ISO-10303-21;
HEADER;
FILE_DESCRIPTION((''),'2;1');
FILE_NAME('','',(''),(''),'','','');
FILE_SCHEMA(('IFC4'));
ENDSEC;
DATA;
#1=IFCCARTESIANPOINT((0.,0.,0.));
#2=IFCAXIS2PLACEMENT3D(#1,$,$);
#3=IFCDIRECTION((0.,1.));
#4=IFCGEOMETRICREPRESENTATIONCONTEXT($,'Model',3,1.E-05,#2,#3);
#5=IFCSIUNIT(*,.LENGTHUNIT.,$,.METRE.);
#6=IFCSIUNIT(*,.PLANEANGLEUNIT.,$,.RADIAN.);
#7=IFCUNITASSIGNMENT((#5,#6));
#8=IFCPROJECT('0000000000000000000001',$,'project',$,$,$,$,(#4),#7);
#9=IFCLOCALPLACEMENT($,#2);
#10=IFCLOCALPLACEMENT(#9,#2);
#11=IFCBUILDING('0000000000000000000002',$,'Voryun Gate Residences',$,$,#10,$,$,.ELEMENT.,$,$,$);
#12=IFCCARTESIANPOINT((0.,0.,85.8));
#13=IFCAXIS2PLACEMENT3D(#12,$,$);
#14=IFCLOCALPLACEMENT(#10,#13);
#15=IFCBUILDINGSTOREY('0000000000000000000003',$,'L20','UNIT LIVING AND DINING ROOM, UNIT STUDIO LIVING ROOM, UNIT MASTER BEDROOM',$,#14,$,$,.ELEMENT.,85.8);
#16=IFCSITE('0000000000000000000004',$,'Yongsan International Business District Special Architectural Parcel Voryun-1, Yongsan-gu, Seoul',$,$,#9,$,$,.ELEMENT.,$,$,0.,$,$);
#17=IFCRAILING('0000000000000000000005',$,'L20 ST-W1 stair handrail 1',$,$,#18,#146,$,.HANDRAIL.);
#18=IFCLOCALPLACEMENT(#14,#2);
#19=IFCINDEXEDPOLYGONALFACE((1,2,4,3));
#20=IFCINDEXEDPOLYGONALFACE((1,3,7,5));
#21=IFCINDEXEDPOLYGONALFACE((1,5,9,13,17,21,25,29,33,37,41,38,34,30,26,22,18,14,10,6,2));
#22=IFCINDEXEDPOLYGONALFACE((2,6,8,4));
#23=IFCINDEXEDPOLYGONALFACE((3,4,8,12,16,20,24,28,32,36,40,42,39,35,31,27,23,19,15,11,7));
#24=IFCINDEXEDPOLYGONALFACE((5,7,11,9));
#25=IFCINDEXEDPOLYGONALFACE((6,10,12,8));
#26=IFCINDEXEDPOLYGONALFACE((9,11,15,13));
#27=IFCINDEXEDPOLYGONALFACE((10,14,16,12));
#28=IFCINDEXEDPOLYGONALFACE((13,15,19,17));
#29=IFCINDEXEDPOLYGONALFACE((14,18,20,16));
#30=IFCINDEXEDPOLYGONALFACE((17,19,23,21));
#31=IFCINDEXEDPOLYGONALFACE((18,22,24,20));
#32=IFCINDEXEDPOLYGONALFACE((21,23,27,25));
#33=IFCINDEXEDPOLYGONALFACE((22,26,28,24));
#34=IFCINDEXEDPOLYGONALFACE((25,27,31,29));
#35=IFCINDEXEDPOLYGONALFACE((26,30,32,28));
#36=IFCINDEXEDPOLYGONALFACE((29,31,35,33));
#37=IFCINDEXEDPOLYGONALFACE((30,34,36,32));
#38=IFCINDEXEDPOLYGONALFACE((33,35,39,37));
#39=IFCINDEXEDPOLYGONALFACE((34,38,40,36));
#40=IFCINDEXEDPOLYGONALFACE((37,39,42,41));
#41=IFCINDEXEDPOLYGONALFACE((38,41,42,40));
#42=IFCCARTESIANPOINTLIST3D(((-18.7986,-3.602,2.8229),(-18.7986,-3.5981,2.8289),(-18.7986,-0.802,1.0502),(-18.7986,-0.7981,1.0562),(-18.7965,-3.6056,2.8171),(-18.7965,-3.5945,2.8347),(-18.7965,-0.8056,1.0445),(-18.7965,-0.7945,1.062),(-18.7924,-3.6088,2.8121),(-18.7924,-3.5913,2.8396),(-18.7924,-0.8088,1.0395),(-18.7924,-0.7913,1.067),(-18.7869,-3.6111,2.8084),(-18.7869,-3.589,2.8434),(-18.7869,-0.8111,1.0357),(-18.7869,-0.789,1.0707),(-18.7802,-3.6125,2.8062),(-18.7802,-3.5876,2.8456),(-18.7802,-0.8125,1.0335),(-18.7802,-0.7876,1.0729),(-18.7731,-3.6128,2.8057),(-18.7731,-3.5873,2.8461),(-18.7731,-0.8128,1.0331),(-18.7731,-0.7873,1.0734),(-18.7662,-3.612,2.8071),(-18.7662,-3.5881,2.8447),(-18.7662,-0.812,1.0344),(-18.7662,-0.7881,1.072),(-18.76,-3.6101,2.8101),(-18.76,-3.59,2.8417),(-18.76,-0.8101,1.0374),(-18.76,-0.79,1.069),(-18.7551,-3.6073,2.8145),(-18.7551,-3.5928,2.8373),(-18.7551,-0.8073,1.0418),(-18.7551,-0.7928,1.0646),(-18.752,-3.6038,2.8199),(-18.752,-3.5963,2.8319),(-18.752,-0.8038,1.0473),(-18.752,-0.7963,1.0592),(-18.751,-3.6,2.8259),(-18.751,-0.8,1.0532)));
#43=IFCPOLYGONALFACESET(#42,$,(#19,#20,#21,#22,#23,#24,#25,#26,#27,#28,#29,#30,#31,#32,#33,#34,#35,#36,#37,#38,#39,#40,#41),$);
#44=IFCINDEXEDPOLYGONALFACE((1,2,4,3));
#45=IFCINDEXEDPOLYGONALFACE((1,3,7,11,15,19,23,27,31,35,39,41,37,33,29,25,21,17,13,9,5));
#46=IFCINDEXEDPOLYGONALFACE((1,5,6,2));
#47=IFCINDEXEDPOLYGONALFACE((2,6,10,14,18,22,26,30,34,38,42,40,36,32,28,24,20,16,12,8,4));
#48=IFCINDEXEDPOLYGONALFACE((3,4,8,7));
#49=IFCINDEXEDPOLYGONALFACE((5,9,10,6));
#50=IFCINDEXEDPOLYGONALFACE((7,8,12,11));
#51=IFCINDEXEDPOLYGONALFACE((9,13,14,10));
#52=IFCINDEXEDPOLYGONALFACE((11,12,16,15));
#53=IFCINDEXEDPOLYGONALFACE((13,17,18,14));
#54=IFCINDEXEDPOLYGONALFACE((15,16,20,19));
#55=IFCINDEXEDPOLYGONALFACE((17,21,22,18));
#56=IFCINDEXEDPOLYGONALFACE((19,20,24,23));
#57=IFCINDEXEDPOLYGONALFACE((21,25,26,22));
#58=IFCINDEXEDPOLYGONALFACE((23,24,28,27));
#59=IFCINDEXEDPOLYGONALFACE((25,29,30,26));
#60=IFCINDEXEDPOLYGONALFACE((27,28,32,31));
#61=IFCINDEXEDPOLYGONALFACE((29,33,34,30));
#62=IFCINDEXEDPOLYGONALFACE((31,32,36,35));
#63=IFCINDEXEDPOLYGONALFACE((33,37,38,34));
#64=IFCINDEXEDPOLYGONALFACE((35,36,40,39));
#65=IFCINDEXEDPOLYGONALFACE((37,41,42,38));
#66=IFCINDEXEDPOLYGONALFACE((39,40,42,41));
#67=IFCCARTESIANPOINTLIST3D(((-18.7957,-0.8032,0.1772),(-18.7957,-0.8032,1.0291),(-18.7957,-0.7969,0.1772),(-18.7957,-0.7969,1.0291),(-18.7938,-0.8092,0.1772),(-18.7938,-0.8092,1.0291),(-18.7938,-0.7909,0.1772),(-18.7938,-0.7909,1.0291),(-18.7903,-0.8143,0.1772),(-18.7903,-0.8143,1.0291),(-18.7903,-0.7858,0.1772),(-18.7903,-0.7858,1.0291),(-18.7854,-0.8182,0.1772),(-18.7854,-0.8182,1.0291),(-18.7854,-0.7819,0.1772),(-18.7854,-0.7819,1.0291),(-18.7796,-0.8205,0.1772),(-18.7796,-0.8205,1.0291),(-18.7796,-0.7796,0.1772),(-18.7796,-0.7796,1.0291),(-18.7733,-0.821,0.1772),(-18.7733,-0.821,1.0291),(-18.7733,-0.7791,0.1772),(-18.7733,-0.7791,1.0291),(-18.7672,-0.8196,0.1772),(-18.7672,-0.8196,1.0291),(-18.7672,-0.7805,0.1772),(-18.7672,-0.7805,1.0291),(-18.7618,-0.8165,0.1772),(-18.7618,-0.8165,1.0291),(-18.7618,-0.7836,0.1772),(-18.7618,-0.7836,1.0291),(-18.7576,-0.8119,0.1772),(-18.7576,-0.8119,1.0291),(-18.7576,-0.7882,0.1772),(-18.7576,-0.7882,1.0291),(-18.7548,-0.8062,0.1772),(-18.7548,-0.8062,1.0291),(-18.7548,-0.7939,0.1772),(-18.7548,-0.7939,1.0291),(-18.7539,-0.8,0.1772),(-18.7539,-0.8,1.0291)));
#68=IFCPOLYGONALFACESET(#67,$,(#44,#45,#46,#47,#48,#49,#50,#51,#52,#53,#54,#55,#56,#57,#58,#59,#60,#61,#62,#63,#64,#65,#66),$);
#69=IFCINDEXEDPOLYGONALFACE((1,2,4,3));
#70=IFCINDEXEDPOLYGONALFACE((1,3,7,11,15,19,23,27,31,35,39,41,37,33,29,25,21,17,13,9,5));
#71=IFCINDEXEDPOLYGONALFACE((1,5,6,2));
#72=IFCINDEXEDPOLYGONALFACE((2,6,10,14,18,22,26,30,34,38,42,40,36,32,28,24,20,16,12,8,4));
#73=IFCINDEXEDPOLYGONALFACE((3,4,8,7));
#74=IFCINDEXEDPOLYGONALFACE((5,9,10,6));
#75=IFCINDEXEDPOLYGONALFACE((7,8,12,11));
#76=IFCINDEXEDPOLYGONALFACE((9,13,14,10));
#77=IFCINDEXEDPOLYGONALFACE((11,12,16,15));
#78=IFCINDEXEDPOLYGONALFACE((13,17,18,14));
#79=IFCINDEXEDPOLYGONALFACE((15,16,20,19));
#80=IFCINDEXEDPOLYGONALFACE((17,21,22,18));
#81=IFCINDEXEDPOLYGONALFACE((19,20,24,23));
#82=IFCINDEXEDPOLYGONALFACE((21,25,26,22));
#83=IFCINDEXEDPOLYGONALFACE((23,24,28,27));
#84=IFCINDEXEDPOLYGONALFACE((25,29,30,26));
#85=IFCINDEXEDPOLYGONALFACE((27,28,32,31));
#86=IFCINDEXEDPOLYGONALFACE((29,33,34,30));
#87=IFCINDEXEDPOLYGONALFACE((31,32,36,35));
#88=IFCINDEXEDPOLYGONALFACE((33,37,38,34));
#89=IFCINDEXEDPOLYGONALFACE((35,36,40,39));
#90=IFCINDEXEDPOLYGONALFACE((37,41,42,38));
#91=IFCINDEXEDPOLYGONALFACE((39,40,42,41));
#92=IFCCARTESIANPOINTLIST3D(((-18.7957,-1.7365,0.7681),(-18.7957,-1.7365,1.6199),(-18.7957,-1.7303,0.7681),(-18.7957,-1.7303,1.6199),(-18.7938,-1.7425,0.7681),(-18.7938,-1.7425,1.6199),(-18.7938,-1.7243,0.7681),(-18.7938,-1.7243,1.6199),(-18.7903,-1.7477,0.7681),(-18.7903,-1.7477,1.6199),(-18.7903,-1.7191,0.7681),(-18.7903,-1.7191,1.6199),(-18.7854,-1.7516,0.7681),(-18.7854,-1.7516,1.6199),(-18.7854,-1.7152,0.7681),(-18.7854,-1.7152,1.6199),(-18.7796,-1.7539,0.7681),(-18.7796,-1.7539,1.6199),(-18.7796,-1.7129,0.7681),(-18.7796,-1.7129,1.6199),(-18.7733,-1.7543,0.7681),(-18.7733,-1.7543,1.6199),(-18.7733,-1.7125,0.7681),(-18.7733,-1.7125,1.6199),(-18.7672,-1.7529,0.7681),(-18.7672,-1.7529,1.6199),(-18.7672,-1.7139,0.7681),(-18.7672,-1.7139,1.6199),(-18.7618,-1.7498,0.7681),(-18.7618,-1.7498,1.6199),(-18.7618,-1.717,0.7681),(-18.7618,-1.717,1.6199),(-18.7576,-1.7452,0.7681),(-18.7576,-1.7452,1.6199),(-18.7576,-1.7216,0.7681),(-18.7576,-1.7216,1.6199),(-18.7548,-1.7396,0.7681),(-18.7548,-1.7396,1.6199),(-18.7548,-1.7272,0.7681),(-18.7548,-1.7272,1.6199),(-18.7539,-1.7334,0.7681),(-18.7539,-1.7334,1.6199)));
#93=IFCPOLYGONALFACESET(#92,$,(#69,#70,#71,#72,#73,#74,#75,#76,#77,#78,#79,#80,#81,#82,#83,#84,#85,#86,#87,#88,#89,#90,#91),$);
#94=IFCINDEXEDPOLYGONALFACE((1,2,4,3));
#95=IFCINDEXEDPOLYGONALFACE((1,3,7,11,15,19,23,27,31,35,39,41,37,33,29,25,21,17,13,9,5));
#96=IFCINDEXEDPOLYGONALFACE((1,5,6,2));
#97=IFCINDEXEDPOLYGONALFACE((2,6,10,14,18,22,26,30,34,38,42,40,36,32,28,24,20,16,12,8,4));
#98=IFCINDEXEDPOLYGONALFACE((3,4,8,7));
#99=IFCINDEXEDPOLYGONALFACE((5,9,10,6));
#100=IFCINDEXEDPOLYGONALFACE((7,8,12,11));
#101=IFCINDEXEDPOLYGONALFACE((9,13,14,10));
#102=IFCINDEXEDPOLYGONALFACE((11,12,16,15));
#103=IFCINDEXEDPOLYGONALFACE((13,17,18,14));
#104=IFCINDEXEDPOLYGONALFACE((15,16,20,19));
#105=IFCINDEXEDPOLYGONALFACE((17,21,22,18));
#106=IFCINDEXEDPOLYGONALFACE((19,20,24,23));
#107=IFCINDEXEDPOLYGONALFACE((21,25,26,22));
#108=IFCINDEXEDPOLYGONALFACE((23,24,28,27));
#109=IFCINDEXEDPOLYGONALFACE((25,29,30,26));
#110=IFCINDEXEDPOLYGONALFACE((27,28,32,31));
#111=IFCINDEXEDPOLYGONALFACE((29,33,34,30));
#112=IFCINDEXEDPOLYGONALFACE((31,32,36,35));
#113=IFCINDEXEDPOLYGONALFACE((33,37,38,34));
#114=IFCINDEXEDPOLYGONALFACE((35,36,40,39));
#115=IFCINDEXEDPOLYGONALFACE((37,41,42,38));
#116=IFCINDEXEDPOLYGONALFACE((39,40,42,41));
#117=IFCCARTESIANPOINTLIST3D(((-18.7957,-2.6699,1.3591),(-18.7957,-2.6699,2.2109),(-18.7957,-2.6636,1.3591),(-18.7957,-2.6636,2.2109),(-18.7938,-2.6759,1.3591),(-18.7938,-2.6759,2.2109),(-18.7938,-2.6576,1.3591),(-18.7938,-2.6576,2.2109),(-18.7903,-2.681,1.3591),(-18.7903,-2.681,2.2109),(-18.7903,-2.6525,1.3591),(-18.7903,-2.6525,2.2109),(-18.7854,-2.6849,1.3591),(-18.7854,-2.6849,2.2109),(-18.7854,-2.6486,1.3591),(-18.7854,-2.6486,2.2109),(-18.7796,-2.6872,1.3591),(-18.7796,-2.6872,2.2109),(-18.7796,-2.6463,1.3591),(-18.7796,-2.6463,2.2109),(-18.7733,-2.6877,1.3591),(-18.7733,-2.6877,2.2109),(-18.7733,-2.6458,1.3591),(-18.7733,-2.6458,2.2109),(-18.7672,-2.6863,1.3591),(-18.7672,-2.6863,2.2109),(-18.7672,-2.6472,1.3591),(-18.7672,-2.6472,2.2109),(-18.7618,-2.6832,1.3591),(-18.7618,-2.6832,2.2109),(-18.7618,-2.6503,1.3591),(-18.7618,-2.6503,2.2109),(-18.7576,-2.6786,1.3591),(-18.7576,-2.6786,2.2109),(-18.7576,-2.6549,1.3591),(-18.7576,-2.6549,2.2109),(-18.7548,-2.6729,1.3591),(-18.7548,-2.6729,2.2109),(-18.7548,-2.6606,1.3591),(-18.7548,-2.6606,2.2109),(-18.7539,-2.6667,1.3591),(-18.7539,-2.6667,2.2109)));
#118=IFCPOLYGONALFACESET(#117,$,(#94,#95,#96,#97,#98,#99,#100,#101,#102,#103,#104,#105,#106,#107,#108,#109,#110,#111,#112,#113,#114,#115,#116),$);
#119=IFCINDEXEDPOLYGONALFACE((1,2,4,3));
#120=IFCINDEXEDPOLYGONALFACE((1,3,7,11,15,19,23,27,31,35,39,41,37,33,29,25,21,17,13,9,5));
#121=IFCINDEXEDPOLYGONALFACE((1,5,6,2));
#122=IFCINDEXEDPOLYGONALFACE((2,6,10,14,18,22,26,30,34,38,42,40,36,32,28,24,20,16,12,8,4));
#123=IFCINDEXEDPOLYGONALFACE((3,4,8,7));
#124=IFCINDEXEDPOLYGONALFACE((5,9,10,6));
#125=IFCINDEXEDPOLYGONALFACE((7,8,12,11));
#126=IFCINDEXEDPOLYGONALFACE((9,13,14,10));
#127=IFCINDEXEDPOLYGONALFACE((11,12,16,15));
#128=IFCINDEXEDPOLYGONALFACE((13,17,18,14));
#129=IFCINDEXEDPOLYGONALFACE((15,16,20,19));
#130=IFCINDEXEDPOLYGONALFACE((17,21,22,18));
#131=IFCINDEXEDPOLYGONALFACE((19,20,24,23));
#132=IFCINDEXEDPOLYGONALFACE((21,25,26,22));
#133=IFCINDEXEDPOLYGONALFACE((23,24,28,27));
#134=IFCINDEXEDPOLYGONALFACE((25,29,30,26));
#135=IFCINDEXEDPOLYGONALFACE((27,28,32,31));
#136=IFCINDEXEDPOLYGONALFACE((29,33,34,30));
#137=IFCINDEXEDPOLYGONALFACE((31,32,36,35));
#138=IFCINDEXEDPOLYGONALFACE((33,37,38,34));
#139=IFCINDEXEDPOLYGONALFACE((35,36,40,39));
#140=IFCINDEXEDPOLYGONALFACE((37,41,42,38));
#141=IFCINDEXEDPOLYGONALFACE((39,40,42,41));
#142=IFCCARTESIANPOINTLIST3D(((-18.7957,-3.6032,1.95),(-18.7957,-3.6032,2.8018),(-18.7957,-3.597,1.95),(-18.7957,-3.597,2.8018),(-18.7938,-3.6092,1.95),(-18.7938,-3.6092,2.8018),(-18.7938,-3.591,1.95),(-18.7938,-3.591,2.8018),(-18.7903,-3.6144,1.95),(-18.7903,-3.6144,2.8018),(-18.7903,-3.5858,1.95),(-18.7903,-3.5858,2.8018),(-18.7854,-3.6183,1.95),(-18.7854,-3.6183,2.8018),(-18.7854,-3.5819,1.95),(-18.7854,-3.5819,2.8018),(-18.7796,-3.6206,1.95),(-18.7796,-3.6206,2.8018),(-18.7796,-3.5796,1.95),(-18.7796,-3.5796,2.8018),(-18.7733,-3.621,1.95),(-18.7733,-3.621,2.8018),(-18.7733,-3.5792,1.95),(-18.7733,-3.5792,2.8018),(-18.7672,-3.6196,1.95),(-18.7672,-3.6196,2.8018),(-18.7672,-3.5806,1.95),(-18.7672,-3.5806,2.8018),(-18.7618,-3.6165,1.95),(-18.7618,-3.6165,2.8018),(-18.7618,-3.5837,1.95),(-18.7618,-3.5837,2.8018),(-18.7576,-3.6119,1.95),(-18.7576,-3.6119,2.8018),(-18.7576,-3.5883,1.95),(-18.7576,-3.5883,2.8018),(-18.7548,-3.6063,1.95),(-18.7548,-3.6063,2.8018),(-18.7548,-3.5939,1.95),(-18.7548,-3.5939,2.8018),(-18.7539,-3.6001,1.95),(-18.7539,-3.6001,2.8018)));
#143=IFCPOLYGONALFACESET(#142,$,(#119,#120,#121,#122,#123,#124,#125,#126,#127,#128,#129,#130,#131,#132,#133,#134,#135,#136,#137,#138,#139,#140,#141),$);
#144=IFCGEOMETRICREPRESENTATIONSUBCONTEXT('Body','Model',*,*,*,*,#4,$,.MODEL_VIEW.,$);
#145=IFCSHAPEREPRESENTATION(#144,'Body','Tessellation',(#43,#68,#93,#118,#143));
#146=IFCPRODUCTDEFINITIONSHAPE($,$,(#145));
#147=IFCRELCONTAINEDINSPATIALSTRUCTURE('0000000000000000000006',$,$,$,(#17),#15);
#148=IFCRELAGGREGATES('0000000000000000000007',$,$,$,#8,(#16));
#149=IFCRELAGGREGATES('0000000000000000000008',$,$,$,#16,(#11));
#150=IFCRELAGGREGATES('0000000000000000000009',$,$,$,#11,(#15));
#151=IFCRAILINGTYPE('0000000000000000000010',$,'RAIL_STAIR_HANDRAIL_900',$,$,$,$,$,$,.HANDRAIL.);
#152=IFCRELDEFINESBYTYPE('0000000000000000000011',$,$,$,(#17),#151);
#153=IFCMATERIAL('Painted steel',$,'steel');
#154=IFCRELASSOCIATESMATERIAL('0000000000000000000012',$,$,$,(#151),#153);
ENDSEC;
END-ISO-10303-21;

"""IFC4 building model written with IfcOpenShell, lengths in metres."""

from ifc_helpers import new_model, si_unit, direction, frame, origin, origin_2d, place, context, subcontext, project, spatial, circle, extrude, material, type_object, element, save


model = new_model("IFC4")

# Units and contexts
model_context = context("Model", 3, precision=1e-05, world=origin(), true_north=direction((0.0, 1.0)))
body_context = subcontext(model_context, "Body", "Model", "MODEL_VIEW")
ifc_project = project(units=[si_unit("LENGTHUNIT", "METRE"), si_unit("PLANEANGLEUNIT", "RADIAN")], contexts=[model_context])

# Site, building, storey
site_placement = place(None, origin())
site = spatial("IfcSite", under=ifc_project, at=site_placement, Name="Yongsan International Business District Special Architectural Parcel Voryun-1, Yongsan-gu, Seoul", CompositionType="ELEMENT", RefElevation=0.0)
building_placement = place(site_placement, origin())
building = spatial("IfcBuilding", under=site, at=building_placement, Name="Voryun Gate Residences", CompositionType="ELEMENT")
storey_placement = place(building_placement, frame((0.0, 0.0, 85.8)))
storey = spatial("IfcBuildingStorey", under=building, at=storey_placement, Name="L20", Description="UNIT LIVING AND DINING ROOM, UNIT STUDIO LIVING ROOM, UNIT MASTER BEDROOM", CompositionType="ELEMENT", Elevation=85.8)

# Railing
ifc_material_1 = material(Name="Painted steel", Category="steel")
railing_type_1 = type_object("IfcRailingType", Name="RAIL_STAIR_HANDRAIL_900", PredefinedType="HANDRAIL", material=ifc_material_1)
railing_1_placement = place(storey_placement, frame((-18.7749, -0.8, 0.1772)))
element("IfcRailing", 1, at=railing_1_placement, inside=storey, type_object=railing_type_1, Name="L20 ST-W1 stair handrail 1", PredefinedType="HANDRAIL", context=body_context, shape_type="SweptSolid", body=[
    extrude(circle(Radius=0.0239, at=origin_2d()), frame((0.0, 0.0, 0.876), z_axis=(0.0, -0.844909, 0.53491), x_axis=(1.0, 0.0, 0.0)), (0.0, 0.0, 1.0), 3.314),
    extrude(circle(Radius=0.021, at=origin_2d()), origin(), (0.0, 0.0, 1.0), 0.8518),
    extrude(circle(Radius=0.021, at=origin_2d()), frame((0.0, -0.9333, 0.5908)), (0.0, 0.0, 1.0), 0.8518),
    extrude(circle(Radius=0.021, at=origin_2d()), frame((0.0, -1.8667, 1.1819)), (0.0, 0.0, 1.0), 0.8518),
    extrude(circle(Radius=0.021, at=origin_2d()), frame((0.0, -2.8, 1.7727)), (0.0, 0.0, 1.0), 0.8518),
])

save(model, "model.ifc")
